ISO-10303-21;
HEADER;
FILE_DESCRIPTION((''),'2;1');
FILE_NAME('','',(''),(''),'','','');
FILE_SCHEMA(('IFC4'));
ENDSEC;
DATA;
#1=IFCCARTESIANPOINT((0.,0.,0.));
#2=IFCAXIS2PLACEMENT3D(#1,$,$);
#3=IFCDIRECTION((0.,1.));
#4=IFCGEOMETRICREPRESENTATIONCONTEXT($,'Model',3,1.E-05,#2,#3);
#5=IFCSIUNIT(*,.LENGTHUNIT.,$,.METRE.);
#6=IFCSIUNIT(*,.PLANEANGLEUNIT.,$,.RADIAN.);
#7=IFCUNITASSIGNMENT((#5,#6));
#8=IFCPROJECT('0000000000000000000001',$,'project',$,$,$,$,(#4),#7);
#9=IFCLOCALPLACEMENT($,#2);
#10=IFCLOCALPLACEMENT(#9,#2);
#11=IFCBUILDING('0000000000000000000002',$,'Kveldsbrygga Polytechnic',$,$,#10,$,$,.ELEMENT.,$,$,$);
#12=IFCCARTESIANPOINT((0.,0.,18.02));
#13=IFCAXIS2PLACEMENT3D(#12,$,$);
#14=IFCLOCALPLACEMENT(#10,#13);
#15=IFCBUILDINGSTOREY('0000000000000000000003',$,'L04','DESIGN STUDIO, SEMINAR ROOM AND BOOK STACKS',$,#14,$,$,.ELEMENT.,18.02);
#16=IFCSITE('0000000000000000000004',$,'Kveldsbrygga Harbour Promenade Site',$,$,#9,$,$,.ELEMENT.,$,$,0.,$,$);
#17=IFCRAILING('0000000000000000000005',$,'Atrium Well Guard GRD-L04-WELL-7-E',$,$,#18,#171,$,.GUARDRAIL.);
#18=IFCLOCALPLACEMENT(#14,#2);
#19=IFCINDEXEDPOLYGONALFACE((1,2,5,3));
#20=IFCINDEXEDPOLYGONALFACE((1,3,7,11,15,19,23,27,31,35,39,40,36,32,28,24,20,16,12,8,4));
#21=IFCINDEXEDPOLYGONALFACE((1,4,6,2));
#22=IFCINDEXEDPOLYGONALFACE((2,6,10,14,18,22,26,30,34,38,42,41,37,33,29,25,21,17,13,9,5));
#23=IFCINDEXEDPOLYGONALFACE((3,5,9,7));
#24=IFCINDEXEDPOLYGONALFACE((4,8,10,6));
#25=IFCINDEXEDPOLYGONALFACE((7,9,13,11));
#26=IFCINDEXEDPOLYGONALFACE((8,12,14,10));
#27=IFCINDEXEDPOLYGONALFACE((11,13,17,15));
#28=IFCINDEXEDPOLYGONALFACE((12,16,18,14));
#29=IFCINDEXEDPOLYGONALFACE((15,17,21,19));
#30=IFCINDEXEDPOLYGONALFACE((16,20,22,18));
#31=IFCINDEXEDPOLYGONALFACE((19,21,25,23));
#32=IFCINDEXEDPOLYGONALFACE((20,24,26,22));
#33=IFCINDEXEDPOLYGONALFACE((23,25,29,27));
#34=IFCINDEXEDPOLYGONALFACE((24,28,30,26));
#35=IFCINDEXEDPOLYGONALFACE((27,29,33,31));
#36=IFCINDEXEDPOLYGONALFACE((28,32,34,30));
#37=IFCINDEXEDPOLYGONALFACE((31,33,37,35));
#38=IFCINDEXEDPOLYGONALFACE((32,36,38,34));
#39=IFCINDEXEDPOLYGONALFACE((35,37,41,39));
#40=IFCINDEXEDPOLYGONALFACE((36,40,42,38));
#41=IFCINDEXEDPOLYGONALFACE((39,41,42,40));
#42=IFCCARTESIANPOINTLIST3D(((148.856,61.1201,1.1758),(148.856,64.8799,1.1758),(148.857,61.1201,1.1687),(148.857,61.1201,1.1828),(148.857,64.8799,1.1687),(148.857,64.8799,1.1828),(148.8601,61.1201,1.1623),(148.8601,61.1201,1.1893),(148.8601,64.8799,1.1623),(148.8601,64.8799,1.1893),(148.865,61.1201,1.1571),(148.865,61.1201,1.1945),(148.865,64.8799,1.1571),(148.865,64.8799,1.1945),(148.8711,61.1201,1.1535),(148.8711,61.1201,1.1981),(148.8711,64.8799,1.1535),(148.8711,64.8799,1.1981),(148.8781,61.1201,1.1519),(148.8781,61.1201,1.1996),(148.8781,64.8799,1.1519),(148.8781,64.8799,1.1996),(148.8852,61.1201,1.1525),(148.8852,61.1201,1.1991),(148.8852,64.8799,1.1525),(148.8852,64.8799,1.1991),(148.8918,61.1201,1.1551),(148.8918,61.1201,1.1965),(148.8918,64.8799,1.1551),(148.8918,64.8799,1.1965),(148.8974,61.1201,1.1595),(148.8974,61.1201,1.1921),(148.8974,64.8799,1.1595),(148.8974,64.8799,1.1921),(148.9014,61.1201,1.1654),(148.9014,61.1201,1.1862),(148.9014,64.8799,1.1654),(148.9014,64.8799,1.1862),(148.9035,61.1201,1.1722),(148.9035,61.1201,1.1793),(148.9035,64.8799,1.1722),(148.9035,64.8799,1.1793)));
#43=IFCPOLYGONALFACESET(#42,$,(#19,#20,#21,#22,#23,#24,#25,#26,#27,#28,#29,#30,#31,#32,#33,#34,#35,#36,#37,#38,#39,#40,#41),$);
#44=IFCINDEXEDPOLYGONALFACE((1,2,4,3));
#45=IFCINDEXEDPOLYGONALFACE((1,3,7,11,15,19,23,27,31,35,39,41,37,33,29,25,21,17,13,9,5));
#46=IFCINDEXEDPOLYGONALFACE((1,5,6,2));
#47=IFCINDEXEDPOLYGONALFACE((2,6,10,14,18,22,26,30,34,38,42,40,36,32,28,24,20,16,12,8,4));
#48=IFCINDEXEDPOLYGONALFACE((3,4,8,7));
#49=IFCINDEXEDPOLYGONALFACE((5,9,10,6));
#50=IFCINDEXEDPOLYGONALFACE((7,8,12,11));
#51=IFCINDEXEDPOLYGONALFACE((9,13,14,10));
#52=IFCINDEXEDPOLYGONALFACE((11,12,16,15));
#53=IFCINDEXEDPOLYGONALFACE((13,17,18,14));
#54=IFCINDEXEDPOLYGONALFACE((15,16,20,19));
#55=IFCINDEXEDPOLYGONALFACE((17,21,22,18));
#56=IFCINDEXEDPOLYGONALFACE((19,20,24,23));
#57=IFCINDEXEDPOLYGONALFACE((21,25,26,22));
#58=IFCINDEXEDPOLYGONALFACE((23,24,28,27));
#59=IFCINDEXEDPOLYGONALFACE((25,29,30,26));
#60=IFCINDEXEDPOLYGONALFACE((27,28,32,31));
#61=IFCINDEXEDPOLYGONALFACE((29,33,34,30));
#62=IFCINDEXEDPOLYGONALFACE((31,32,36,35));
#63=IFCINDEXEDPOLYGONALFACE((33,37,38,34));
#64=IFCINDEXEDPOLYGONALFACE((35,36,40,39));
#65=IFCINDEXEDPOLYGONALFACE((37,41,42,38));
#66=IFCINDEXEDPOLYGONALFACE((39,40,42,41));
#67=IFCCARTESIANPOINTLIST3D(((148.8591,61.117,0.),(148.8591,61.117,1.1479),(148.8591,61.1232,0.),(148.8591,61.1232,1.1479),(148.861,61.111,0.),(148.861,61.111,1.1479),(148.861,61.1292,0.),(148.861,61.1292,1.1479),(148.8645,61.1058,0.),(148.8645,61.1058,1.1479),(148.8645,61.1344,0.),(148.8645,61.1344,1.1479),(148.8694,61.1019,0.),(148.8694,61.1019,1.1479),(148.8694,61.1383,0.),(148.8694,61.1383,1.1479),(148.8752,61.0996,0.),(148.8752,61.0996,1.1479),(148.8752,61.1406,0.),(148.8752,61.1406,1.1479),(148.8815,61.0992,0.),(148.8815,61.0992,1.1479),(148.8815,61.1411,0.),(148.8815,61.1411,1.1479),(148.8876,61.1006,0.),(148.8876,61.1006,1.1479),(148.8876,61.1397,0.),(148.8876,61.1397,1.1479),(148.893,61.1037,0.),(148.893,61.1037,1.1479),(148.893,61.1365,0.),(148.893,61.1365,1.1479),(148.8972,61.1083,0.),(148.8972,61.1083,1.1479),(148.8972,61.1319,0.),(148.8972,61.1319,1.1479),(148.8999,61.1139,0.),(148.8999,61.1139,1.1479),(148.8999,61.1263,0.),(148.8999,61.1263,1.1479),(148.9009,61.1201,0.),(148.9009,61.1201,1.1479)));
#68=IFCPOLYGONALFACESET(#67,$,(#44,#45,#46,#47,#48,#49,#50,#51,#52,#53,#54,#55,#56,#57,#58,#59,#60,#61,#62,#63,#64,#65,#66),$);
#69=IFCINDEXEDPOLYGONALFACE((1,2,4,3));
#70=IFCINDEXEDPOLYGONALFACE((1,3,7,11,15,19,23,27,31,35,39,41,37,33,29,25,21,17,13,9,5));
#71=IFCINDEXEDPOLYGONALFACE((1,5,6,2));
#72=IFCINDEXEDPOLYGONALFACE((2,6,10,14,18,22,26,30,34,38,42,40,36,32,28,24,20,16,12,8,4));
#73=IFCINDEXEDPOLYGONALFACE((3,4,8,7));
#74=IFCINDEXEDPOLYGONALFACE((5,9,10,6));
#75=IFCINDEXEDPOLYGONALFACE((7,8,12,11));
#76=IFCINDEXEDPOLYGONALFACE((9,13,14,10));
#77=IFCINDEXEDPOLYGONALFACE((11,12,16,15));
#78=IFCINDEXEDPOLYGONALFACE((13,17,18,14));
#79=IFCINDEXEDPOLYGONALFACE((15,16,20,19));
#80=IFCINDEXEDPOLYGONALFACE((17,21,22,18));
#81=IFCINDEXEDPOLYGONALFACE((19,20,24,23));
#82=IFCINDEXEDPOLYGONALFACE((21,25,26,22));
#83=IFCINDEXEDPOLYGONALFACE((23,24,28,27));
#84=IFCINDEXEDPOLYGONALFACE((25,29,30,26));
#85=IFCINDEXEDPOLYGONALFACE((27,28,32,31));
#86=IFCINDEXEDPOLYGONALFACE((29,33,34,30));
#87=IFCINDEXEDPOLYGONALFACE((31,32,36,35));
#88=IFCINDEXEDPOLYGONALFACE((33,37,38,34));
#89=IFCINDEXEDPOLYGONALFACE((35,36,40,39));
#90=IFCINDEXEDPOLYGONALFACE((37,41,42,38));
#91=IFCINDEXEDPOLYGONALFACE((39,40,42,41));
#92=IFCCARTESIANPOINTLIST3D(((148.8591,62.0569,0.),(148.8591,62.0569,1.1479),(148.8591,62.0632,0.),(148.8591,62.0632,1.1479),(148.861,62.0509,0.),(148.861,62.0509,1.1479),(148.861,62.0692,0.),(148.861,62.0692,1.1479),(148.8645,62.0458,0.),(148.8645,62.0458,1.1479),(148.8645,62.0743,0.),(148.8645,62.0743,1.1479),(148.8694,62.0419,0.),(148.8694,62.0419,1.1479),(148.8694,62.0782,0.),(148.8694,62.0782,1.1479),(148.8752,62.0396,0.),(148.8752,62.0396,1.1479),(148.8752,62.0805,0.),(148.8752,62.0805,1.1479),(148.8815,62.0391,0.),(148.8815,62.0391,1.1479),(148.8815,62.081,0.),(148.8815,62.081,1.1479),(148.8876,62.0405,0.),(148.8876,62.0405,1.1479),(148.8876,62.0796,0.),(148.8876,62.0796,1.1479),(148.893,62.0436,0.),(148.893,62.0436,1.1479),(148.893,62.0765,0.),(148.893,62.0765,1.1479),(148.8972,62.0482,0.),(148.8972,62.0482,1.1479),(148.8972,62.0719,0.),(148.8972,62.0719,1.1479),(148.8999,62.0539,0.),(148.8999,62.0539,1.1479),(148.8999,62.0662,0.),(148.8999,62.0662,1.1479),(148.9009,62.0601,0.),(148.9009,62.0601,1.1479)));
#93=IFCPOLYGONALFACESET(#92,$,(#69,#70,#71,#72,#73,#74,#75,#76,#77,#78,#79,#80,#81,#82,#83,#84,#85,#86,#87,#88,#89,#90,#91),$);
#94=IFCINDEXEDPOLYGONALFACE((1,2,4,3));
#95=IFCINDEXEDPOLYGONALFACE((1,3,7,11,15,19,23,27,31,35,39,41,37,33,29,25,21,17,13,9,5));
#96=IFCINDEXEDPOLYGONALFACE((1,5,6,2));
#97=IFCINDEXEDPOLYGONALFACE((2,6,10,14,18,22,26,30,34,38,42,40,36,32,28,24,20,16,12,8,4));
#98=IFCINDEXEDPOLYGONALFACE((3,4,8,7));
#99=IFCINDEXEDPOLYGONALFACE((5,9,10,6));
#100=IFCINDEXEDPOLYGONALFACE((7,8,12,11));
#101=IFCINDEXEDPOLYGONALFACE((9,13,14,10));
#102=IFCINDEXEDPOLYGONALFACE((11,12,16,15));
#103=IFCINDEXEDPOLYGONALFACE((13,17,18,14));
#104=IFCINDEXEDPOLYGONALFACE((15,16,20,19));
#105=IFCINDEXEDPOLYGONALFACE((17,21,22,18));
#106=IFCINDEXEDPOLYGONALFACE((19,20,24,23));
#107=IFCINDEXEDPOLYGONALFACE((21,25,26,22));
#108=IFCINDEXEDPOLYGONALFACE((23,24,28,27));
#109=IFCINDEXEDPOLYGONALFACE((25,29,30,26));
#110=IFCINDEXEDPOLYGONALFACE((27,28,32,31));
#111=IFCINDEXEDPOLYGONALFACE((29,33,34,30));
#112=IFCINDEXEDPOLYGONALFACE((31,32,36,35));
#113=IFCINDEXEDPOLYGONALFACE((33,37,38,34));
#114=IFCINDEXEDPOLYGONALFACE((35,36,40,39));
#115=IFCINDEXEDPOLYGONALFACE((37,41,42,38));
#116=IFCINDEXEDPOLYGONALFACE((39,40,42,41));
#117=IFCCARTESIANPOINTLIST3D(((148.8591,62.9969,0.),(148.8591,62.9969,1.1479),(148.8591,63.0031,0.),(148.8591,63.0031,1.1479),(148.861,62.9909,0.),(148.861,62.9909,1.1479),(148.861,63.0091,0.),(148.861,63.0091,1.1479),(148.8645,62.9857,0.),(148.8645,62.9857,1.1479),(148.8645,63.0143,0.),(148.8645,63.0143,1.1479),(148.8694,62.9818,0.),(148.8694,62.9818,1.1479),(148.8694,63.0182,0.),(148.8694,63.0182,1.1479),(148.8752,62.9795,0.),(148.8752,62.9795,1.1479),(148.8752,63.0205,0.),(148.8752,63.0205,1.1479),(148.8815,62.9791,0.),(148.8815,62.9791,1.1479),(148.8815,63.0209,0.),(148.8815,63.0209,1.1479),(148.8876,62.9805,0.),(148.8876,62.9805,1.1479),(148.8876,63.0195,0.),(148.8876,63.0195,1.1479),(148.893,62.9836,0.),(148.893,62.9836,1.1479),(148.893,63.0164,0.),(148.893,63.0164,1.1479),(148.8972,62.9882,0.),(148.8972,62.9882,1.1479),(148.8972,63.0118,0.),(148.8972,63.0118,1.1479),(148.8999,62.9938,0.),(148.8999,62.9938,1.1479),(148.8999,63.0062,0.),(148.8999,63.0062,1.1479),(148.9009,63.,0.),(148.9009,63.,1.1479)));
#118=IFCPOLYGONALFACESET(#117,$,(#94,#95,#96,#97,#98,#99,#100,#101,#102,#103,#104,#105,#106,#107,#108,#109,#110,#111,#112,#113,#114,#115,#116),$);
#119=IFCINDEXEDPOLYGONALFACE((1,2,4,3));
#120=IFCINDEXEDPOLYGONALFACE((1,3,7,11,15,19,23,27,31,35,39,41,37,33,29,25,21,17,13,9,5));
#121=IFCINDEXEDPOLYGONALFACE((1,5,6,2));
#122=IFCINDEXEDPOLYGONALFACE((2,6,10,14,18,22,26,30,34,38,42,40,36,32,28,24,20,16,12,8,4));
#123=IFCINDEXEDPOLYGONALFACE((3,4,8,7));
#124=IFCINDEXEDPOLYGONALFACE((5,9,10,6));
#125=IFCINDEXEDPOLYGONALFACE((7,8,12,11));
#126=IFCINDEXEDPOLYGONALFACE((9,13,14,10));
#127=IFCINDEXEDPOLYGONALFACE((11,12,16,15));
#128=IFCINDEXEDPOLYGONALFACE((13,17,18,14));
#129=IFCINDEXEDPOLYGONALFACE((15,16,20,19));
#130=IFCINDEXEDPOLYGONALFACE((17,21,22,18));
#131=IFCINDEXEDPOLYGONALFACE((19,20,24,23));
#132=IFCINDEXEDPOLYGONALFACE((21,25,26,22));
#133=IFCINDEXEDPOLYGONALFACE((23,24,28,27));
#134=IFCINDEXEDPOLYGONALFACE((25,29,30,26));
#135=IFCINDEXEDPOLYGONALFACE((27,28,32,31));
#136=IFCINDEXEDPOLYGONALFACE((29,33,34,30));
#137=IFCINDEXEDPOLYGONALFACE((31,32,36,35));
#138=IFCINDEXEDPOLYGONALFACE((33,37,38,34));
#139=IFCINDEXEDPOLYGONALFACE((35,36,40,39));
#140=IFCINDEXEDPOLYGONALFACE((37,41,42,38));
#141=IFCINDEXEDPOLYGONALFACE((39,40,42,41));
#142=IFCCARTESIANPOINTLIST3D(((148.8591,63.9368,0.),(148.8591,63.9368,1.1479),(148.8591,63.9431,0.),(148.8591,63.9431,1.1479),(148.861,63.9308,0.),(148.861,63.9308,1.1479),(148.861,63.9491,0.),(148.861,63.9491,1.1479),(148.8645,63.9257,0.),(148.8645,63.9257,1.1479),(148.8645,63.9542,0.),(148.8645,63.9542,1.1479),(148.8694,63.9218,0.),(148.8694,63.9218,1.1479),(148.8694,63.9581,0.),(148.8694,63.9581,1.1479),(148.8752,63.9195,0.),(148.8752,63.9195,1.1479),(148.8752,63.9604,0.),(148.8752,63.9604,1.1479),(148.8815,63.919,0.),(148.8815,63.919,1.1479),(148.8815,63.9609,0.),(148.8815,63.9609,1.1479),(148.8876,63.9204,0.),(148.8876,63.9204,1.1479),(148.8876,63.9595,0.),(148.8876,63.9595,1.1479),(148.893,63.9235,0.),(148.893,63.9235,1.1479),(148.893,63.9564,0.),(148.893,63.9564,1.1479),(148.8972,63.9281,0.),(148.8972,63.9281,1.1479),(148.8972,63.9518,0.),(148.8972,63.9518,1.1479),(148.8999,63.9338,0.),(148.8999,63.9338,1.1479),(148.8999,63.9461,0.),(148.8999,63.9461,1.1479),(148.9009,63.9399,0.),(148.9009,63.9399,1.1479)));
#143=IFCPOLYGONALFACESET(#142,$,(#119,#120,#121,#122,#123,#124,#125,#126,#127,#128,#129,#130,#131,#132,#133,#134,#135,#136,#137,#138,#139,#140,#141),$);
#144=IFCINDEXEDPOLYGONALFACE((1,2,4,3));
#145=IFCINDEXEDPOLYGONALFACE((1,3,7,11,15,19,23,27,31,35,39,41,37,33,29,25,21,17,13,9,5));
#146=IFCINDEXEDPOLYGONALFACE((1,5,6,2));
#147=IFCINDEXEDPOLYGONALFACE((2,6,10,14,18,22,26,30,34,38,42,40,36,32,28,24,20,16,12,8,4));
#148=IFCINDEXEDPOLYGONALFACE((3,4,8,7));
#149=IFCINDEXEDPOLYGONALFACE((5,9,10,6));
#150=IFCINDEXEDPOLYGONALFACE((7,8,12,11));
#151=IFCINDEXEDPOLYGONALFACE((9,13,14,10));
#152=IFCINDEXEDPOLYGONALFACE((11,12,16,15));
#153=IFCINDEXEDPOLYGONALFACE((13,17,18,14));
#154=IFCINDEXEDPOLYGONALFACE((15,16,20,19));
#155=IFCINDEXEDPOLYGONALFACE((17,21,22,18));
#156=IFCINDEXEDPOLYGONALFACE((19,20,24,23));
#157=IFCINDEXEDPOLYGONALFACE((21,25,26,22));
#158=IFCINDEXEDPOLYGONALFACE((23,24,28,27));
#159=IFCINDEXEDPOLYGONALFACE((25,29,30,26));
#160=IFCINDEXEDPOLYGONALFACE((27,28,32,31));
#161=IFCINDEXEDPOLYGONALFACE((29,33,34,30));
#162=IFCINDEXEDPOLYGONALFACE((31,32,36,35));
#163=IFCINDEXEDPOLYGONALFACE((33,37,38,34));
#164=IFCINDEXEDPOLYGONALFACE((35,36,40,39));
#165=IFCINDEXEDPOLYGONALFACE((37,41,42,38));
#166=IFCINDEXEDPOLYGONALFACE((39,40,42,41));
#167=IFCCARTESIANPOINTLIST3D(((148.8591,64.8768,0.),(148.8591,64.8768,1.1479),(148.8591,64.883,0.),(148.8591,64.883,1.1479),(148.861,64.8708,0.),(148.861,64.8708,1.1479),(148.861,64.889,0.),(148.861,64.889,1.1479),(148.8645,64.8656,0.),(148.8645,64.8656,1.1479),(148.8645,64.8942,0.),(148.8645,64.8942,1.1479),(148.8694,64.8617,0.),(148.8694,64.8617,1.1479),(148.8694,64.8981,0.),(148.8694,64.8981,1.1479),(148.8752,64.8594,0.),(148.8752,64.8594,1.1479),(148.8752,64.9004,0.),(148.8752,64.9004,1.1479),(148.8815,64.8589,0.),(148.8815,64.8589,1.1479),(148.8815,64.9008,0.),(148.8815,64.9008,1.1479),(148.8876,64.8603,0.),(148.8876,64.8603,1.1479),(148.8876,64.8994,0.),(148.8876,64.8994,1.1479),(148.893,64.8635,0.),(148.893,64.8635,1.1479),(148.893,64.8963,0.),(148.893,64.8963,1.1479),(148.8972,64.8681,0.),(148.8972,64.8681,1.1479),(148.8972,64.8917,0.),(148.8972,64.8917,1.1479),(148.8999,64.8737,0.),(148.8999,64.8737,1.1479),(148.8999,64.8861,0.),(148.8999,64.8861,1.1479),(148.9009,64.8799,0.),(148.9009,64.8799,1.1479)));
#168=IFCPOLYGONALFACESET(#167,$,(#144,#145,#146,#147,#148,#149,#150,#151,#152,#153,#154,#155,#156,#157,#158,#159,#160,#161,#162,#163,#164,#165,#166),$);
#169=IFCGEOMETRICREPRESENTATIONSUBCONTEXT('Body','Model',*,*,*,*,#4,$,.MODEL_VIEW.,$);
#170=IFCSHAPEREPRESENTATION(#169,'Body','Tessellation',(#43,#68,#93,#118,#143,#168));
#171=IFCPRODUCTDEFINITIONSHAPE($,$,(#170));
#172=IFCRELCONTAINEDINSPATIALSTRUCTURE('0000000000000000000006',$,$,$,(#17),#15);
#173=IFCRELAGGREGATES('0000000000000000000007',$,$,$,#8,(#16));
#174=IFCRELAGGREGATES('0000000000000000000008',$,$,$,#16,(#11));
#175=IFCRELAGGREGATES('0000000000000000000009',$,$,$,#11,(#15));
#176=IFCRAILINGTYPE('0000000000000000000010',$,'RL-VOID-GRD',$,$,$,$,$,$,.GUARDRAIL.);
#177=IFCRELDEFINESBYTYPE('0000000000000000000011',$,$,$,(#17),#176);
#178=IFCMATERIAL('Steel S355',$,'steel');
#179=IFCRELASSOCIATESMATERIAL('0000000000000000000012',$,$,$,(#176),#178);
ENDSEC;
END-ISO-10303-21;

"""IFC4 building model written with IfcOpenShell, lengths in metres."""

from ifc_helpers import new_model, si_unit, direction, frame, origin, origin_2d, place, context, subcontext, project, spatial, circle, extrude, material, type_object, element, save


model = new_model("IFC4")

# Units and contexts
model_context = context("Model", 3, precision=1e-05, world=origin(), true_north=direction((0.0, 1.0)))
body_context = subcontext(model_context, "Body", "Model", "MODEL_VIEW")
ifc_project = project(units=[si_unit("LENGTHUNIT", "METRE"), si_unit("PLANEANGLEUNIT", "RADIAN")], contexts=[model_context])

# Site, building, storey
site_placement = place(None, origin())
site = spatial("IfcSite", under=ifc_project, at=site_placement, Name="Kveldsbrygga Harbour Promenade Site", CompositionType="ELEMENT", RefElevation=0.0)
building_placement = place(site_placement, origin())
building = spatial("IfcBuilding", under=site, at=building_placement, Name="Kveldsbrygga Polytechnic", CompositionType="ELEMENT")
storey_placement = place(building_placement, frame((0.0, 0.0, 18.02)))
storey = spatial("IfcBuildingStorey", under=building, at=storey_placement, Name="L04", Description="DESIGN STUDIO, SEMINAR ROOM AND BOOK STACKS", CompositionType="ELEMENT", Elevation=18.02)

# Shared definitions
ifc_material_1 = material(Name="Steel S355", Category="steel")

# Railing
railing_type = type_object("IfcRailingType", Name="RL-VOID-GRD", PredefinedType="GUARDRAIL", material=ifc_material_1)
railing_1_placement = place(storey_placement, frame((148.8799, 61.1201, 0.0)))
element("IfcRailing", 1, at=railing_1_placement, inside=storey, type_object=railing_type, Name="Atrium Well Guard GRD-L04-WELL-7-E", PredefinedType="GUARDRAIL", context=body_context, shape_type="SweptSolid", body=[
    extrude(circle(Radius=0.0239, at=origin_2d()), frame((0.0, 0.0, 1.1758), z_axis=(0.0, 1.0, 0.0), x_axis=(-1.0, 0.0, 0.0)), (0.0, 0.0, 1.0), 3.7598),
    extrude(circle(Radius=0.021, at=origin_2d()), origin(), (0.0, 0.0, 1.0), 1.1479),
    extrude(circle(Radius=0.021, at=origin_2d()), frame((0.0, 0.9399, 0.0)), (0.0, 0.0, 1.0), 1.1479),
    extrude(circle(Radius=0.021, at=origin_2d()), frame((0.0, 1.8799, 0.0)), (0.0, 0.0, 1.0), 1.1479),
    extrude(circle(Radius=0.021, at=origin_2d()), frame((0.0, 2.8198, 0.0)), (0.0, 0.0, 1.0), 1.1479),
    extrude(circle(Radius=0.021, at=origin_2d()), frame((0.0, 3.7598, 0.0)), (0.0, 0.0, 1.0), 1.1479),
])

save(model, "model.ifc")
